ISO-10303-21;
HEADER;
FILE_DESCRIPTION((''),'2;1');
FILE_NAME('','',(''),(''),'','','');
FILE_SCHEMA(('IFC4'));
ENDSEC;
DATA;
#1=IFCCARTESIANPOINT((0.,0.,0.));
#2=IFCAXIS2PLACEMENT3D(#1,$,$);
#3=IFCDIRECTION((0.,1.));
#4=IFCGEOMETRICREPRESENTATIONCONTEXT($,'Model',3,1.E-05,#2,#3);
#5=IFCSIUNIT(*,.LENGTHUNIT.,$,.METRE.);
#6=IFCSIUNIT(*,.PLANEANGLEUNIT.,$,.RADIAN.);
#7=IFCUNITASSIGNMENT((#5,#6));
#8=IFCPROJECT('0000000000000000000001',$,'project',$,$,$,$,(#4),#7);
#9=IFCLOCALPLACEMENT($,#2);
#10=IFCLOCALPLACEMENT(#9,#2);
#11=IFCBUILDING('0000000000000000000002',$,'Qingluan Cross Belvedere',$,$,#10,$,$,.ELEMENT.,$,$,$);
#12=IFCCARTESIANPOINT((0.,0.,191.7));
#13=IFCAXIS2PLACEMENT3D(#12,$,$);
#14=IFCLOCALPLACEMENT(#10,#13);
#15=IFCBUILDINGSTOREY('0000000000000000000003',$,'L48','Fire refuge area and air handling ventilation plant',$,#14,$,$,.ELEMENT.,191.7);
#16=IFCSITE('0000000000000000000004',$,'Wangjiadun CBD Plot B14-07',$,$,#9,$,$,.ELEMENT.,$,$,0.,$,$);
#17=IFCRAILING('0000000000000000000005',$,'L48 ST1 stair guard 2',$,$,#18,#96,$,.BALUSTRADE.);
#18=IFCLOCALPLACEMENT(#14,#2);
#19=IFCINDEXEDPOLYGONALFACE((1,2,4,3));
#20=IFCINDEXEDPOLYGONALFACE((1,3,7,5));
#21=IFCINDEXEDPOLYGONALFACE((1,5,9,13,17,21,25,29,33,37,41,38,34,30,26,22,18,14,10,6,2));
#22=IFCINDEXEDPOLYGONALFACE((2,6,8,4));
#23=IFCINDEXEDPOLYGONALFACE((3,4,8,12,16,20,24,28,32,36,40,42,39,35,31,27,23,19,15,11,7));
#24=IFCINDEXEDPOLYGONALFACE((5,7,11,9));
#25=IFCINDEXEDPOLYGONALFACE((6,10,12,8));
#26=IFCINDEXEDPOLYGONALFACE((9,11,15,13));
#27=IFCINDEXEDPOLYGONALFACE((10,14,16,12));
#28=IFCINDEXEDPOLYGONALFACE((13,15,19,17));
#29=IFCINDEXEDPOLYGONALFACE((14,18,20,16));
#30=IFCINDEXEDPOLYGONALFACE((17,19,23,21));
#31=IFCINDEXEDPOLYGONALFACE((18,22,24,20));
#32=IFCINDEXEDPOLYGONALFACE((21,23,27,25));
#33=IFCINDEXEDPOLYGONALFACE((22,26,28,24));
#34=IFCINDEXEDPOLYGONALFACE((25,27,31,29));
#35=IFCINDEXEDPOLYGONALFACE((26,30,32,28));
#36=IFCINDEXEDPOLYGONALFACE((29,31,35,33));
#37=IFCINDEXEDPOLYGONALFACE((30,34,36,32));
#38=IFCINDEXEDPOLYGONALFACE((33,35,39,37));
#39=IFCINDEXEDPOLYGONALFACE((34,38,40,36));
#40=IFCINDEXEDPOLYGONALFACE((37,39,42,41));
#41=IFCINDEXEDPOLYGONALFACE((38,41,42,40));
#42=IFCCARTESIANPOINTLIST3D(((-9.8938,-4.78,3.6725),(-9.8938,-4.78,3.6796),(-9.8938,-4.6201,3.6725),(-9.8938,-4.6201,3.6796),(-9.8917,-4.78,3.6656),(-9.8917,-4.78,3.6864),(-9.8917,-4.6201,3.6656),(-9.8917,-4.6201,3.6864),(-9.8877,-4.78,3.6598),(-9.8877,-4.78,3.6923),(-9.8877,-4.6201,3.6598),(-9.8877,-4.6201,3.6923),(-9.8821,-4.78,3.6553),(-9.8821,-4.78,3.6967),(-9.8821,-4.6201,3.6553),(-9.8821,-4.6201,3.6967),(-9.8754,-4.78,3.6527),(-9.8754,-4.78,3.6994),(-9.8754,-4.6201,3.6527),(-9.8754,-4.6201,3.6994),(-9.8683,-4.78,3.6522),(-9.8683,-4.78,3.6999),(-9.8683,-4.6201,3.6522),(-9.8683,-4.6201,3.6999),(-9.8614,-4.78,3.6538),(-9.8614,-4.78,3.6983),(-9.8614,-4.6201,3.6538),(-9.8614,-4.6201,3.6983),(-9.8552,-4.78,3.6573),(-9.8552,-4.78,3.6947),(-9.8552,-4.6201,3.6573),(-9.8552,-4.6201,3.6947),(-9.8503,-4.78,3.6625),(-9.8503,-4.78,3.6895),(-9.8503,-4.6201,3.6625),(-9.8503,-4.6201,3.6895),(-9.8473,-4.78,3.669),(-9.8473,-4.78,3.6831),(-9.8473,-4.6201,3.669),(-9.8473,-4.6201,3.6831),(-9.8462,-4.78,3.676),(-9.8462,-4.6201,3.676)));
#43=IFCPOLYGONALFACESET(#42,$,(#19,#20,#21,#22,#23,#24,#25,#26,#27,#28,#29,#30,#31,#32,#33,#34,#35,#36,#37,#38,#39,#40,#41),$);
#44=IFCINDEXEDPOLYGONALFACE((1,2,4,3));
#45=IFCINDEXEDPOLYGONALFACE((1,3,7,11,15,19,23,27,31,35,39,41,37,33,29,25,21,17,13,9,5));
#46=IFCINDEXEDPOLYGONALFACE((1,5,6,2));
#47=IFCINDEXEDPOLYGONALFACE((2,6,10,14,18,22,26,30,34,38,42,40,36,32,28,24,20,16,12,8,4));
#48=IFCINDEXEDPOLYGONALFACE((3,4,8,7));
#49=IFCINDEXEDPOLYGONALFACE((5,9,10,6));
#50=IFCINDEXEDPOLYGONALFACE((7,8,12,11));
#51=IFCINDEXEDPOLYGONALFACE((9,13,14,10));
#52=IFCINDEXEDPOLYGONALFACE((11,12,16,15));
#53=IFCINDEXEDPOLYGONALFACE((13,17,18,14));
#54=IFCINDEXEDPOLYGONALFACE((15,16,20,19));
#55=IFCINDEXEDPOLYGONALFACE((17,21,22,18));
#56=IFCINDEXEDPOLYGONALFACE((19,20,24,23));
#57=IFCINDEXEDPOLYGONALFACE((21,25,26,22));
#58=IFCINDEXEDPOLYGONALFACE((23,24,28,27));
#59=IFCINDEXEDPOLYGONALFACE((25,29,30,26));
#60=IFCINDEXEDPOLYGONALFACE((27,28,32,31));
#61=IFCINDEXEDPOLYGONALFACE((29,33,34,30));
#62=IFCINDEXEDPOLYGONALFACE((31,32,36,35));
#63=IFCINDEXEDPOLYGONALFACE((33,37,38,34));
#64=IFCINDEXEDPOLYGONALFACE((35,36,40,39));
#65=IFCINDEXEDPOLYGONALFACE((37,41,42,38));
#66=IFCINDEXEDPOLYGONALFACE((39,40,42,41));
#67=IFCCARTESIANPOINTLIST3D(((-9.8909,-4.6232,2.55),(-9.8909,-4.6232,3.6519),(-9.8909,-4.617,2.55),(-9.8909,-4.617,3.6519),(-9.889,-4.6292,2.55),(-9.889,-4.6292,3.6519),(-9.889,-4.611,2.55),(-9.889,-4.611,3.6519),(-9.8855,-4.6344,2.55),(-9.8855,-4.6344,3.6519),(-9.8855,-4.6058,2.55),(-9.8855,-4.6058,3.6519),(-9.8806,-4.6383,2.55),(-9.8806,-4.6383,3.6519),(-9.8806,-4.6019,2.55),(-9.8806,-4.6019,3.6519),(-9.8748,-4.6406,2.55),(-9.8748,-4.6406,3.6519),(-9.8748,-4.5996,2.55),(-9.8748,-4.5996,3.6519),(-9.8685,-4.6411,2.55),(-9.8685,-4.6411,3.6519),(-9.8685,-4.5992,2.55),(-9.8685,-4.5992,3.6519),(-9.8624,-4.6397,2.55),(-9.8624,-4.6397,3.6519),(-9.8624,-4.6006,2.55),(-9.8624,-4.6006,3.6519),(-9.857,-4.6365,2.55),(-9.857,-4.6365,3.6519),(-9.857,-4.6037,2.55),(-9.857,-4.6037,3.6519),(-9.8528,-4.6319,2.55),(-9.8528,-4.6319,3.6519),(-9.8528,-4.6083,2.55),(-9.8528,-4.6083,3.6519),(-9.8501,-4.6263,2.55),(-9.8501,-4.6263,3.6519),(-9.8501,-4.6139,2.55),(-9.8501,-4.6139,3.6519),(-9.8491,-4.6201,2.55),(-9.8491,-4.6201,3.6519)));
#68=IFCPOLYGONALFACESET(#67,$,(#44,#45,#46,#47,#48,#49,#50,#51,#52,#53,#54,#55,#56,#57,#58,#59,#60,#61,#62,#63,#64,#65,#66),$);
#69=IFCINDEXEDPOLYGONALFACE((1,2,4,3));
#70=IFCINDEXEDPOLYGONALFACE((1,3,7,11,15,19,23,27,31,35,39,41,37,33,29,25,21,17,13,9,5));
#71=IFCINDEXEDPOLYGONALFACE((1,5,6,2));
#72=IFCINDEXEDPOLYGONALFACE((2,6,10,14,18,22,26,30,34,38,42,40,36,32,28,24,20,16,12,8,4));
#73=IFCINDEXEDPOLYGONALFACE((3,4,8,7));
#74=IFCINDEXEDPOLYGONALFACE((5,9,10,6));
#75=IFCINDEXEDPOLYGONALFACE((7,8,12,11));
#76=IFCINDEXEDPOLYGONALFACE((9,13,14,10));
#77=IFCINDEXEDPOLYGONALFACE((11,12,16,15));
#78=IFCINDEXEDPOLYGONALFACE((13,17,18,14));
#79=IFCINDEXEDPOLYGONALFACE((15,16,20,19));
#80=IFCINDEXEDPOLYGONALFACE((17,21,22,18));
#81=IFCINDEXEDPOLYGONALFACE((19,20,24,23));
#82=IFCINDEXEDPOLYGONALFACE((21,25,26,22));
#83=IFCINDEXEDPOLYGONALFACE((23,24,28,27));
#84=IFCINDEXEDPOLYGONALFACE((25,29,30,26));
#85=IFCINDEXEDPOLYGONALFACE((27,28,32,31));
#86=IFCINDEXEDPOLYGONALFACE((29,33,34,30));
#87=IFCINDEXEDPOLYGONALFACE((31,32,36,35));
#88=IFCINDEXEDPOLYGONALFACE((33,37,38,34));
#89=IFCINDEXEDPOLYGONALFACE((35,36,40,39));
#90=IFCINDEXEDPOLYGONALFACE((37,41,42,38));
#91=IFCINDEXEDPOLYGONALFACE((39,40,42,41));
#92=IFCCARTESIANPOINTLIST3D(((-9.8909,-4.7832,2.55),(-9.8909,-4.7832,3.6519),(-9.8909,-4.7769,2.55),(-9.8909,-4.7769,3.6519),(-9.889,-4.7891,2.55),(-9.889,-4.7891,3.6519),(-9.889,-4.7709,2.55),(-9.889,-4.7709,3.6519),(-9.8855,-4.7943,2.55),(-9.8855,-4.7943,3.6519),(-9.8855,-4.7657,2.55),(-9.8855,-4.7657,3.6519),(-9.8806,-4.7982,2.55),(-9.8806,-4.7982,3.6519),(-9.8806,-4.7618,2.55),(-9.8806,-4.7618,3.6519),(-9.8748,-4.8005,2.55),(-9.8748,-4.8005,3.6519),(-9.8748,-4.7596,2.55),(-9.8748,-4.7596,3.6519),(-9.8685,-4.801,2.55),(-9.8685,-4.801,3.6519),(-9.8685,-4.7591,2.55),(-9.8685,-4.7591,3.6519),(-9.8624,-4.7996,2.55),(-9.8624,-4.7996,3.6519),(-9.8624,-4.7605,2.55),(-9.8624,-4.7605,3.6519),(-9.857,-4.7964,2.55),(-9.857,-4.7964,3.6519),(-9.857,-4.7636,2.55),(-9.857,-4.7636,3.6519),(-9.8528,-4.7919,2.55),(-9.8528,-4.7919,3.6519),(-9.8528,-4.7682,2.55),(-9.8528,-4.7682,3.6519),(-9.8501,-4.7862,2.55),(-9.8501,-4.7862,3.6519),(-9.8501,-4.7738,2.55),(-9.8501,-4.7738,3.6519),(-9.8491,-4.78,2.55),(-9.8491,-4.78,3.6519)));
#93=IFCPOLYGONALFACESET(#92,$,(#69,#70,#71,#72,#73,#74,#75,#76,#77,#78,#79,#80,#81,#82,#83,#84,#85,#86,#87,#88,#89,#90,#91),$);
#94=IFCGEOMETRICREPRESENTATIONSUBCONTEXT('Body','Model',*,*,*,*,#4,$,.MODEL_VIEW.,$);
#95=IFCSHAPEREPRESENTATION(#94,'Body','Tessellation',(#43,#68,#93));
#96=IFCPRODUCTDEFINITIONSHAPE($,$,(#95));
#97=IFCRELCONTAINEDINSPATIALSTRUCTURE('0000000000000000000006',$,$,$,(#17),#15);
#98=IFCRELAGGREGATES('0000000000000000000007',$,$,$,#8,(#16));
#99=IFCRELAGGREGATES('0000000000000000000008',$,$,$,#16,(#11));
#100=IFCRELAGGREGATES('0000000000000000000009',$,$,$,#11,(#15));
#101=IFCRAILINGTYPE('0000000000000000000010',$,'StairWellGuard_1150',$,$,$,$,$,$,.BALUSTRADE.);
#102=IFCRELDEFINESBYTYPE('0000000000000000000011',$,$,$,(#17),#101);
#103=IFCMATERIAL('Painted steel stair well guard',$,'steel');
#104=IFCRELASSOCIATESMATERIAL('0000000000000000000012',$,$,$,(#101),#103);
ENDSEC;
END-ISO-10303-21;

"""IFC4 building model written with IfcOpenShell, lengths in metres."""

from ifc_helpers import new_model, si_unit, direction, frame, origin, origin_2d, place, context, subcontext, project, spatial, circle, extrude, material, type_object, element, save


model = new_model("IFC4")

# Units and contexts
model_context = context("Model", 3, precision=1e-05, world=origin(), true_north=direction((0.0, 1.0)))
body_context = subcontext(model_context, "Body", "Model", "MODEL_VIEW")
ifc_project = project(units=[si_unit("LENGTHUNIT", "METRE"), si_unit("PLANEANGLEUNIT", "RADIAN")], contexts=[model_context])

# Site, building, storey
site_placement = place(None, origin())
site = spatial("IfcSite", under=ifc_project, at=site_placement, Name="Wangjiadun CBD Plot B14-07", CompositionType="ELEMENT", RefElevation=0.0)
building_placement = place(site_placement, origin())
building = spatial("IfcBuilding", under=site, at=building_placement, Name="Qingluan Cross Belvedere", CompositionType="ELEMENT")
storey_placement = place(building_placement, frame((0.0, 0.0, 191.7)))
storey = spatial("IfcBuildingStorey", under=building, at=storey_placement, Name="L48", Description="Fire refuge area and air handling ventilation plant", CompositionType="ELEMENT", Elevation=191.7)

# Railing
ifc_material_1 = material(Name="Painted steel stair well guard", Category="steel")
railing_type_1 = type_object("IfcRailingType", Name="StairWellGuard_1150", PredefinedType="BALUSTRADE", material=ifc_material_1)
railing_1_placement = place(storey_placement, frame((-9.8701, -4.6201, 2.55)))
element("IfcRailing", 1, at=railing_1_placement, inside=storey, type_object=railing_type_1, Name="L48 ST1 stair guard 2", PredefinedType="BALUSTRADE", context=body_context, shape_type="SweptSolid", body=[
    extrude(circle(Radius=0.0239, at=origin_2d()), frame((0.0, 0.0, 1.126), z_axis=(0.0, -1.0, 0.0), x_axis=(1.0, 0.0, 0.0)), (0.0, 0.0, 1.0), 0.1599),
    extrude(circle(Radius=0.021, at=origin_2d()), origin(), (0.0, 0.0, 1.0), 1.1018),
    extrude(circle(Radius=0.021, at=origin_2d()), frame((0.0, -0.1599, 0.0)), (0.0, 0.0, 1.0), 1.1018),
])

save(model, "model.ifc")
